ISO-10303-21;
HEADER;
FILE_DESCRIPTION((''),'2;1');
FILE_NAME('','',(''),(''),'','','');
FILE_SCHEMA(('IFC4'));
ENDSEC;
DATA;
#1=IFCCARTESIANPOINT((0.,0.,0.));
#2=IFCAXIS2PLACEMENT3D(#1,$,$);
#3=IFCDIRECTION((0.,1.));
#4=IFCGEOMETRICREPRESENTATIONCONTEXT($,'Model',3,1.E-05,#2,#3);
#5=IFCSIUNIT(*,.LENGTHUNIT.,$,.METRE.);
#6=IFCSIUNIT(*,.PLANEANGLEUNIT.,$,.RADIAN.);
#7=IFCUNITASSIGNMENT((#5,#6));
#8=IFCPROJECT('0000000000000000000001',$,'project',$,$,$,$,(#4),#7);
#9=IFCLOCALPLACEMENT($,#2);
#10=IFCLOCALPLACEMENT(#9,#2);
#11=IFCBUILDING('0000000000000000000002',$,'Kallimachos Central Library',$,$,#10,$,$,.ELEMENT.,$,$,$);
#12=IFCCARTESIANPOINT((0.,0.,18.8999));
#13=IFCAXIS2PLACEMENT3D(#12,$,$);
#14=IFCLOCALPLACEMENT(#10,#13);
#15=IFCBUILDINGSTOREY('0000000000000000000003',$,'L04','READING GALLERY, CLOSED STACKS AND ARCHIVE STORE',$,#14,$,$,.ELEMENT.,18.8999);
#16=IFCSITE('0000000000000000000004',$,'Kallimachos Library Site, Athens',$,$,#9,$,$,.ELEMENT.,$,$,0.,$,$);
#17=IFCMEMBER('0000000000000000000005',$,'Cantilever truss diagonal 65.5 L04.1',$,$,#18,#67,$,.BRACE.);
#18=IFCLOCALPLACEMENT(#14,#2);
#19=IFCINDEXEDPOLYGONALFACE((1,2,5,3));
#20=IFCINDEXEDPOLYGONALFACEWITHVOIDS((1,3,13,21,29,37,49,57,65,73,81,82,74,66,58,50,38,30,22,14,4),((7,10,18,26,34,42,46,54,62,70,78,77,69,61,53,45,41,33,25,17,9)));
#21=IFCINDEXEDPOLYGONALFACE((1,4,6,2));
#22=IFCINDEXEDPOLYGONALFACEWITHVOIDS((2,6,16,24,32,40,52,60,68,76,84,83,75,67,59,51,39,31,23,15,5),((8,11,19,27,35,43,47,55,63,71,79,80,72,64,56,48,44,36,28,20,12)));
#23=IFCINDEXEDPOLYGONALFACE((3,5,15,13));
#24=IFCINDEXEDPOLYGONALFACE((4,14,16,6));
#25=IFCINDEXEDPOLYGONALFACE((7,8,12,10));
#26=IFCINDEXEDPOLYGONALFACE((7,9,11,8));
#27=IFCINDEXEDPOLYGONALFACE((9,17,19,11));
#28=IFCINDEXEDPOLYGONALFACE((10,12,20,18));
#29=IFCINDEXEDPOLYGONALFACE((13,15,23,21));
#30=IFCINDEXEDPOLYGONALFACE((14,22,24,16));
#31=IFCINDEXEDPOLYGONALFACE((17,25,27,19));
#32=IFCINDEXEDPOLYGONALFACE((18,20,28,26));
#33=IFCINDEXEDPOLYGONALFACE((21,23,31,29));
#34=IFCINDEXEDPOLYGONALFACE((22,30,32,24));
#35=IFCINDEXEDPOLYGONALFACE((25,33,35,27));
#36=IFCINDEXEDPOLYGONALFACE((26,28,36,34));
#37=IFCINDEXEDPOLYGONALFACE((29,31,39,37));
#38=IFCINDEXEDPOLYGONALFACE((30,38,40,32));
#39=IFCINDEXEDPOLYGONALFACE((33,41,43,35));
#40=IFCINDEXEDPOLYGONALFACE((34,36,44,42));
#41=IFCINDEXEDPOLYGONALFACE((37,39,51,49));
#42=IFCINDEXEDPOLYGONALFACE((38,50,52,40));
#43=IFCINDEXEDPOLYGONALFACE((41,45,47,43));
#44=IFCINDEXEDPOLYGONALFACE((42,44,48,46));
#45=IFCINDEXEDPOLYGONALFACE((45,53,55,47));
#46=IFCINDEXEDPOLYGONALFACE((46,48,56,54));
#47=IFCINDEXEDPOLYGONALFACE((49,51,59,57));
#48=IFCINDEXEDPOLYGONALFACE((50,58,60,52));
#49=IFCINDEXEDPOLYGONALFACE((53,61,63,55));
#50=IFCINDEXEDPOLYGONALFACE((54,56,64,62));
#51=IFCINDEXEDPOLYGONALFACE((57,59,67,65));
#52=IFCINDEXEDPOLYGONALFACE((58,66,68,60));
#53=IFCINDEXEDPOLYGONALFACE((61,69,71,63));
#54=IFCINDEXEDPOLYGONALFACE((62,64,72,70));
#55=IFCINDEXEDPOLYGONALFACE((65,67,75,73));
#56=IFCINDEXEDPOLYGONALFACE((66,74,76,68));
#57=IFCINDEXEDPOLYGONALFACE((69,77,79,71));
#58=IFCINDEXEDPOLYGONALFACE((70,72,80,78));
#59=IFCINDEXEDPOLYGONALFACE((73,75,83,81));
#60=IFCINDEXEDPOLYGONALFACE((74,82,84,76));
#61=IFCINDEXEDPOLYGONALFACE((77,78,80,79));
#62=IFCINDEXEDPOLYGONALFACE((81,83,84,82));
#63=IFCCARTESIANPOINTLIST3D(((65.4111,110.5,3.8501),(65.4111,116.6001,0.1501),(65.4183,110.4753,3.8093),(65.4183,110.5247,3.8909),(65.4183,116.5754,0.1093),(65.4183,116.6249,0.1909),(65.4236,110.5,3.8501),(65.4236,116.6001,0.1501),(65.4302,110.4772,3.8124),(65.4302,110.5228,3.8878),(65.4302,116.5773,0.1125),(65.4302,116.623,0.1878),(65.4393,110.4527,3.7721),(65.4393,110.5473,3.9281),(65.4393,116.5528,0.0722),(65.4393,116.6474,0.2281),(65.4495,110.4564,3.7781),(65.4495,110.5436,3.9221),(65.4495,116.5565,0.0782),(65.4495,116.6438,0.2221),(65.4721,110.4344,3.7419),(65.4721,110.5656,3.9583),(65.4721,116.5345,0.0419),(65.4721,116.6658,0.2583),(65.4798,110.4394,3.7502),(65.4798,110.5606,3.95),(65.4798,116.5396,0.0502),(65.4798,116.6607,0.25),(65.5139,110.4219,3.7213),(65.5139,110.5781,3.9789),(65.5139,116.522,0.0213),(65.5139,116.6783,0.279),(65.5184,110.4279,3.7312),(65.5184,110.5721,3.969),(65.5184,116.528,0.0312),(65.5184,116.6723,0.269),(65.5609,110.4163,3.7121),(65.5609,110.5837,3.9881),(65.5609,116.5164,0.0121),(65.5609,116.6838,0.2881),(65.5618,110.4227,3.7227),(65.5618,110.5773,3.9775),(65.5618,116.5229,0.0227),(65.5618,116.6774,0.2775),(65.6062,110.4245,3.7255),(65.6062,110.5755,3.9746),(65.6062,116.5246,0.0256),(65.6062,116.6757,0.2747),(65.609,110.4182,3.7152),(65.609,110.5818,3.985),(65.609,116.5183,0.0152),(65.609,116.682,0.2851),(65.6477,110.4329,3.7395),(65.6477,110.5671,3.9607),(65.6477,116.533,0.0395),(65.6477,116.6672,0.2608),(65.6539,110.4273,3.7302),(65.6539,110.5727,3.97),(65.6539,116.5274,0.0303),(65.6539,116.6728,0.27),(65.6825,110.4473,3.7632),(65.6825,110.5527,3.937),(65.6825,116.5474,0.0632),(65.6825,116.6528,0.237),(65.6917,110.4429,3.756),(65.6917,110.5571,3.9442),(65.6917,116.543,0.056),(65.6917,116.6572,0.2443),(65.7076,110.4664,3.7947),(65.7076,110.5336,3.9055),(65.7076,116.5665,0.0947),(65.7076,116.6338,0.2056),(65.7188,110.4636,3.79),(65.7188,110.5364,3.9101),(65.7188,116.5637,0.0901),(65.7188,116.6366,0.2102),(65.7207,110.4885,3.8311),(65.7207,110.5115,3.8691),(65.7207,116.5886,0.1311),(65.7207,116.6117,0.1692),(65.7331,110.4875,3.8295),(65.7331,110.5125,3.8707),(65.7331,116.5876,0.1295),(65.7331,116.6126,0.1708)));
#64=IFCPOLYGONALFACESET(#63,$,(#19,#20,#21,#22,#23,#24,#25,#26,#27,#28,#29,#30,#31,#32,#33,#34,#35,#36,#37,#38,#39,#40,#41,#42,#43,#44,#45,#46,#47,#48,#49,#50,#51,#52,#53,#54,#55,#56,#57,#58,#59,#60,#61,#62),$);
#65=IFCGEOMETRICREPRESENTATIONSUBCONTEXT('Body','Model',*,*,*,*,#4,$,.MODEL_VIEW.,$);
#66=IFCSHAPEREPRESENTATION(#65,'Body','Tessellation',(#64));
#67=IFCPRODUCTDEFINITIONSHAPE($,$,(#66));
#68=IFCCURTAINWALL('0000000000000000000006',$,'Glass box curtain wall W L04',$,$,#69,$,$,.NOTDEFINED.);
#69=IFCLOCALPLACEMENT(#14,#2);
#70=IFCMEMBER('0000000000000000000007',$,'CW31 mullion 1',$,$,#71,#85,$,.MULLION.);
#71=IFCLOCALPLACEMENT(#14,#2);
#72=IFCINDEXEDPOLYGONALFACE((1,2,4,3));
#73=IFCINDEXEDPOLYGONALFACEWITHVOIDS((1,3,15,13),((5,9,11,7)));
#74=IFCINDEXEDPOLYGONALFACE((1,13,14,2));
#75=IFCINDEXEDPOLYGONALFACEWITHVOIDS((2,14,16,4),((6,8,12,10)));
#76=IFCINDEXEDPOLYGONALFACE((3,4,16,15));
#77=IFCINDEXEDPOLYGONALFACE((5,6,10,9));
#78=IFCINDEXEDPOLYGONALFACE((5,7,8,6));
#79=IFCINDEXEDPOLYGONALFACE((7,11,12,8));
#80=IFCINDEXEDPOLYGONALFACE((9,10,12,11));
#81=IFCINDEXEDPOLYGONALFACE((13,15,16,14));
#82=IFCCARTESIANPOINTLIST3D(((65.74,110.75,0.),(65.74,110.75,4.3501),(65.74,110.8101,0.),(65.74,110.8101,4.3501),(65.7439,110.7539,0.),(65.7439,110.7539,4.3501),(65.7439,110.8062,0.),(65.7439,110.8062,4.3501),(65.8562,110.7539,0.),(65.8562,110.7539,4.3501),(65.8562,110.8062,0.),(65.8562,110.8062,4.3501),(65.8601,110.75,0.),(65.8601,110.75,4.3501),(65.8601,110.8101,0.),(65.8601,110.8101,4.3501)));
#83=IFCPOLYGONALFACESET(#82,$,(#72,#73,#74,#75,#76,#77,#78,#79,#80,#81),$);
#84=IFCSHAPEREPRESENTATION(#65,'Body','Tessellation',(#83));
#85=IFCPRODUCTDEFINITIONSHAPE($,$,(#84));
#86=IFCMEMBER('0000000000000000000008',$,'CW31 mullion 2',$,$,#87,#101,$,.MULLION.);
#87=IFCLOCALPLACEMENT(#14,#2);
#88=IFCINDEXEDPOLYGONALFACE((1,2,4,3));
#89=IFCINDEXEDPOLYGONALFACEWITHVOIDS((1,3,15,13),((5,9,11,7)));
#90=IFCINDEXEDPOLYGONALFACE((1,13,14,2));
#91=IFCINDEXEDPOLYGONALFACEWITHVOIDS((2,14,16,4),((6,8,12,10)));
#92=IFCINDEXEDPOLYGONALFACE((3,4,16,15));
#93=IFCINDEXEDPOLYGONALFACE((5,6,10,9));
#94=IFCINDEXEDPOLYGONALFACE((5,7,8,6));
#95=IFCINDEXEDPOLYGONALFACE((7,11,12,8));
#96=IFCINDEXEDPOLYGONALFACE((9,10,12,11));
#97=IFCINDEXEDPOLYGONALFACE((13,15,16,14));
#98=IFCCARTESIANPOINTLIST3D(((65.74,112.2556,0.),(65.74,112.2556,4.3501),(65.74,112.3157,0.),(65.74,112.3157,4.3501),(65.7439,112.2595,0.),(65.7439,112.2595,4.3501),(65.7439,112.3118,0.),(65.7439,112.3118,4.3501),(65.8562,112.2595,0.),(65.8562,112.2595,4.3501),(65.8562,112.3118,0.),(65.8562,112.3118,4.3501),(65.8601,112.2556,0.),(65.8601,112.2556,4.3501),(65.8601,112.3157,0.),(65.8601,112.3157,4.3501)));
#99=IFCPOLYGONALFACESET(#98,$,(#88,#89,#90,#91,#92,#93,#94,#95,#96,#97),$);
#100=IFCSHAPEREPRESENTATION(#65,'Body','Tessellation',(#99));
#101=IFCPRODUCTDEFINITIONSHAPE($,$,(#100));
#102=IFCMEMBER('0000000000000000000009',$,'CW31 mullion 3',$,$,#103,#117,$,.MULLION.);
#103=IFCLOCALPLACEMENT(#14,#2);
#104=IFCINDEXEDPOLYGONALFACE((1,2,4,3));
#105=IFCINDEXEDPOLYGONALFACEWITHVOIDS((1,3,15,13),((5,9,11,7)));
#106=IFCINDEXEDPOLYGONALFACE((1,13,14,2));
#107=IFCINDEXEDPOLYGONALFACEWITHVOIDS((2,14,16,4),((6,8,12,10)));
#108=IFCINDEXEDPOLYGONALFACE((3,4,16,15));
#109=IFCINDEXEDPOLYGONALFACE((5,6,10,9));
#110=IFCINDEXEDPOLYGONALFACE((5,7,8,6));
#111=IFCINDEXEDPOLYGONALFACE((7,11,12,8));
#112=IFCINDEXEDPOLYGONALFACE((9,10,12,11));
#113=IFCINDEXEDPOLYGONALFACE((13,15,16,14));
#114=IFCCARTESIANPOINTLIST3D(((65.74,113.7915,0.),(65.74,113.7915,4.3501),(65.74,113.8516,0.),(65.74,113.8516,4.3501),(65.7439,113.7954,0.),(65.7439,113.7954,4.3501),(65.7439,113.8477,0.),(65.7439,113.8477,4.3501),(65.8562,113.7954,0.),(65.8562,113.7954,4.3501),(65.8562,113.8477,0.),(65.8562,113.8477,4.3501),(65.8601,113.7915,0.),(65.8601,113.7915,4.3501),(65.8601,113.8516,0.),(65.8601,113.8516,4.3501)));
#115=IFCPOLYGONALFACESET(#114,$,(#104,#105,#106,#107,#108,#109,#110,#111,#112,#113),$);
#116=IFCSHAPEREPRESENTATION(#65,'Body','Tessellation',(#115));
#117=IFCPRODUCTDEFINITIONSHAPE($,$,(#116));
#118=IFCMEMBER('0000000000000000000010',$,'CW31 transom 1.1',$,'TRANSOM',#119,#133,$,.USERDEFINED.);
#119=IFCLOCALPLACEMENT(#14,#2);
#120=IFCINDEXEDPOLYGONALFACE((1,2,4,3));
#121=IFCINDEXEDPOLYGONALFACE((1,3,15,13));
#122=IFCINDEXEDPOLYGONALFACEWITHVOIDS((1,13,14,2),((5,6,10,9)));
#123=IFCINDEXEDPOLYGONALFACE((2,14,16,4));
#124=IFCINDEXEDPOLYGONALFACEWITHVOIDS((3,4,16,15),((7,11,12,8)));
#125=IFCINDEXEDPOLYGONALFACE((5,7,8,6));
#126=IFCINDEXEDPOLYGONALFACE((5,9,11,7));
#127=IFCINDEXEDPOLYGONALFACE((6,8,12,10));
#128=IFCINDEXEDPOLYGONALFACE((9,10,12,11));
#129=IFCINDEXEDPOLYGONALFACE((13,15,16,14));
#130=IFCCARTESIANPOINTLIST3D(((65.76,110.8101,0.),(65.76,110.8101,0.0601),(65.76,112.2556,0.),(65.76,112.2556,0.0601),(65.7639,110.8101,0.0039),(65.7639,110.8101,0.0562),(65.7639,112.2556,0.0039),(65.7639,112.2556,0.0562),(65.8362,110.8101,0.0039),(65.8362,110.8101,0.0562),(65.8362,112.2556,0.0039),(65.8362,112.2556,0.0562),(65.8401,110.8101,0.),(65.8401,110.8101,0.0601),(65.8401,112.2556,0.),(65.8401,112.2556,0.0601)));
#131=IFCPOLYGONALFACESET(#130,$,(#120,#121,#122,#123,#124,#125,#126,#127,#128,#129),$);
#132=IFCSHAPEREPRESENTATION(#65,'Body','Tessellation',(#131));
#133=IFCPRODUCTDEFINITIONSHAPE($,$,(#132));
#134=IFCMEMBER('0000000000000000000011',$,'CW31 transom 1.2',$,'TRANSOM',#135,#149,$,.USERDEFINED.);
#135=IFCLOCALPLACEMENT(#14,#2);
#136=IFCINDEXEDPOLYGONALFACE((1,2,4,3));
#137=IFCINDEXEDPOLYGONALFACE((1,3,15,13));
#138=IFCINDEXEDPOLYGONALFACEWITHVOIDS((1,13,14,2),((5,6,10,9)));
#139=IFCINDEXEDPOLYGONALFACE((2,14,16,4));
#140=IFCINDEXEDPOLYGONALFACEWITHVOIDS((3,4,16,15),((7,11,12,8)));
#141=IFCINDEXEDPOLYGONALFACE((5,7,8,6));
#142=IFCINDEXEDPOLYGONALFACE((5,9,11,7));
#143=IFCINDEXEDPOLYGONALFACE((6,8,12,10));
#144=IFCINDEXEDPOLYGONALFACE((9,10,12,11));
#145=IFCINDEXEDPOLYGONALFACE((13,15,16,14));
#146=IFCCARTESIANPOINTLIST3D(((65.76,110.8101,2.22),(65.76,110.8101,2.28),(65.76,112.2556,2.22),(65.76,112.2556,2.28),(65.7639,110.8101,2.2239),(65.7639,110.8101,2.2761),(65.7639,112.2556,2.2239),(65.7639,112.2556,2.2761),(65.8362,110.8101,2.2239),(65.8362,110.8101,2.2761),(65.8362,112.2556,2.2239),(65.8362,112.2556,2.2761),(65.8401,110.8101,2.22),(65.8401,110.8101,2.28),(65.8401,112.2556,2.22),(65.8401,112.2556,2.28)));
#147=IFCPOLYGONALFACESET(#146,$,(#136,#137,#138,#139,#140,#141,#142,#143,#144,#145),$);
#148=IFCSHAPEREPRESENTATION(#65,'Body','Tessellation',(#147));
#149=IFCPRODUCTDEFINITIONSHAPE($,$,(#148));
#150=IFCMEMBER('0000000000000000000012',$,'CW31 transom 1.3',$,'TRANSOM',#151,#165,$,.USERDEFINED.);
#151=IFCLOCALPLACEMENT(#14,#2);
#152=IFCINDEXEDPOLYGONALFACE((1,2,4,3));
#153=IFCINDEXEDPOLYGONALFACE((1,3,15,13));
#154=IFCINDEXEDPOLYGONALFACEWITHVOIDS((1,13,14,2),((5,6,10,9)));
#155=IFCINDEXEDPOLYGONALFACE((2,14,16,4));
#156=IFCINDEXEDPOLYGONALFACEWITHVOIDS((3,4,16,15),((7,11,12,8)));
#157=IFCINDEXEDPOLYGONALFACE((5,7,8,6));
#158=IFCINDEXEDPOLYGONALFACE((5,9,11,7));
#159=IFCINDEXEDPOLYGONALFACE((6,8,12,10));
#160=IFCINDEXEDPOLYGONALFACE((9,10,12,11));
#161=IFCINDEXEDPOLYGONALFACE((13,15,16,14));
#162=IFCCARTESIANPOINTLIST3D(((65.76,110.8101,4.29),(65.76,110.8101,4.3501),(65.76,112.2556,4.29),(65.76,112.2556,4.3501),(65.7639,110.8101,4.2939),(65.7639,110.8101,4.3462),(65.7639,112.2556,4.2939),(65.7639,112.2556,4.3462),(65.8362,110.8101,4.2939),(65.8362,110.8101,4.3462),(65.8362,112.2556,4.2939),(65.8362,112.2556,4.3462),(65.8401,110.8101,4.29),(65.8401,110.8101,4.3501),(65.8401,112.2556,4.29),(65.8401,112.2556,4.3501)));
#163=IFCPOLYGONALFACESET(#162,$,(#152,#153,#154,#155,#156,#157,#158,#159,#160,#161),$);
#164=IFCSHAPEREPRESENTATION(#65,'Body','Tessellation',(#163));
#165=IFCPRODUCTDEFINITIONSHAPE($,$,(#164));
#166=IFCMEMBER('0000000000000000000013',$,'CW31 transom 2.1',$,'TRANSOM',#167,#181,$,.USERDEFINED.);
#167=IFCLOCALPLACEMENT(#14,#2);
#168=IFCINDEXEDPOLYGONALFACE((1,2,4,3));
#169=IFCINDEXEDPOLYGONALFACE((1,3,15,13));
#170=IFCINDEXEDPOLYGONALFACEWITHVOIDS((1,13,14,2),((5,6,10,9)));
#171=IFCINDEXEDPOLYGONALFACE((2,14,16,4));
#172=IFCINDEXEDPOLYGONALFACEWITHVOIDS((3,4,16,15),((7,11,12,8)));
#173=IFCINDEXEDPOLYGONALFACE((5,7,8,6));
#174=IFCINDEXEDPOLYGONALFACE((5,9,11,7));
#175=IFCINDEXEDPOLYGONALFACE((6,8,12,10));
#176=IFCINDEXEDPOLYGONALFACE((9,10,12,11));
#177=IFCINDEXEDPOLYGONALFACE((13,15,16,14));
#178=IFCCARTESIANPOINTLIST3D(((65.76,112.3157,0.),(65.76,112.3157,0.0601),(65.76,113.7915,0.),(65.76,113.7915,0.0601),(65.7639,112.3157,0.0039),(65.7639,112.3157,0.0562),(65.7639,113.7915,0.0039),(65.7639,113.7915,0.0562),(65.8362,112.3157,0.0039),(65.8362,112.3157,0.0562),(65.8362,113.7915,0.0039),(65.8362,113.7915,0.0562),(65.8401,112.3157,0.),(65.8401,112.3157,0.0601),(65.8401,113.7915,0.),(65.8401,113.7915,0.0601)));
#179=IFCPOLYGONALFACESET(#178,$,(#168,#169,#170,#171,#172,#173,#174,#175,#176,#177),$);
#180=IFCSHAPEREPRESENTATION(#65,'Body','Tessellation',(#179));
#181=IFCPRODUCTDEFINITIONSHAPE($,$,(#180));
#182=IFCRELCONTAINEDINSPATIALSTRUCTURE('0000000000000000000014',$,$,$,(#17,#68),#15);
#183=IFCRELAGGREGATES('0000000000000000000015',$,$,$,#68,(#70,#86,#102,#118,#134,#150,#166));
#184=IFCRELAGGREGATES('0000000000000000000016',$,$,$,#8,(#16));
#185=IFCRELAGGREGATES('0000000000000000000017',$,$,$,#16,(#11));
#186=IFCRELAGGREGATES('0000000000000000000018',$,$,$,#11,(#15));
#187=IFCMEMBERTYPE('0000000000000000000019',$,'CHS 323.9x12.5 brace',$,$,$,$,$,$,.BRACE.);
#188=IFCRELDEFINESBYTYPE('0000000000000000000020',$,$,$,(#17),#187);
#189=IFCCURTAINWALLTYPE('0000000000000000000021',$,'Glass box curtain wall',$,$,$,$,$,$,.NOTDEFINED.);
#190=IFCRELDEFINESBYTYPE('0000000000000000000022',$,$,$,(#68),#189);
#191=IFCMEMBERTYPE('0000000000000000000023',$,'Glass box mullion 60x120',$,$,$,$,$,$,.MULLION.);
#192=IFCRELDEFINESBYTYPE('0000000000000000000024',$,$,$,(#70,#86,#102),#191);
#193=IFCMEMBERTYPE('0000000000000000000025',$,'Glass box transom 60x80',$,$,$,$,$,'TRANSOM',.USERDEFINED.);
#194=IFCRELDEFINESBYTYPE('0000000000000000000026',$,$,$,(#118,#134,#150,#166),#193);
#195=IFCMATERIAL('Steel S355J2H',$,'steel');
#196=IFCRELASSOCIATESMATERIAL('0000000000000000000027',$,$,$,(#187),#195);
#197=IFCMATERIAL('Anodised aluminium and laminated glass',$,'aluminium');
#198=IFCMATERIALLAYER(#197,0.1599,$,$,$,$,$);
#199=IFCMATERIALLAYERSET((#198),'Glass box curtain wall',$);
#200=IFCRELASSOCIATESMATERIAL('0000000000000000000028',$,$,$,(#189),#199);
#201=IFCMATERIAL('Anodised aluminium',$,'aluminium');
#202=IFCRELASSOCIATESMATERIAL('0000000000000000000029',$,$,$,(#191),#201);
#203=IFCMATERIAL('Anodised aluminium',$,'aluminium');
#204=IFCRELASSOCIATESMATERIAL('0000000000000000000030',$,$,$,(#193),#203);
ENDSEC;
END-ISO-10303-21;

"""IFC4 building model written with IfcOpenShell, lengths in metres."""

from ifc_helpers import new_model, si_unit, direction, frame, origin, origin_2d, place, context, subcontext, project, spatial, hollow_rectangle, hollow_circle, extrude, material, layer, layer_set, material_profile, profile_set, type_object, element, aggregate, save


model = new_model("IFC4")

# Units and contexts
model_context = context("Model", 3, precision=1e-05, world=origin(), true_north=direction((0.0, 1.0)))
body_context = subcontext(model_context, "Body", "Model", "MODEL_VIEW")
ifc_project = project(units=[si_unit("LENGTHUNIT", "METRE"), si_unit("PLANEANGLEUNIT", "RADIAN")], contexts=[model_context])

# Site, building, storey
site_placement = place(None, origin())
site = spatial("IfcSite", under=ifc_project, at=site_placement, Name="Kallimachos Library Site, Athens", CompositionType="ELEMENT", RefElevation=0.0)
building_placement = place(site_placement, origin())
building = spatial("IfcBuilding", under=site, at=building_placement, Name="Kallimachos Central Library", CompositionType="ELEMENT")
storey_placement = place(building_placement, frame((0.0, 0.0, 18.8999)))
storey = spatial("IfcBuildingStorey", under=building, at=storey_placement, Name="L04", Description="READING GALLERY, CLOSED STACKS AND ARCHIVE STORE", CompositionType="ELEMENT", Elevation=18.8999)

# Member
ifc_material_1 = material(Name="Steel S355J2H", Category="steel")
ifc_material_profile_1 = material_profile(ifc_material_1, hollow_circle(Radius=0.1619, WallThickness=0.0125, at=origin_2d()), Name="CHS 323.9x12.5")
ifc_profile_set_1 = profile_set([ifc_material_profile_1], Name="Steel S355J2H")
member_type_1 = type_object("IfcMemberType", Name="CHS 323.9x12.5 brace", PredefinedType="BRACE", material=ifc_profile_set_1)
member_1_placement = place(storey_placement, frame((65.573, 110.5, 3.8501), z_axis=(0.0, 0.855016, -0.518601), x_axis=(-1.0, 0.0, 0.0)))
element("IfcMember", 1, at=member_1_placement, inside=storey, type_object=member_type_1, Name="Cantilever truss diagonal 65.5 L04.1", PredefinedType="BRACE", context=body_context, shape_type="SweptSolid", body=[
    extrude(hollow_circle(Radius=0.1619, WallThickness=0.0125, at=origin_2d()), origin(), (0.0, 0.0, 1.0), 7.1345),
])

# Curtain wall, members
ifc_material_2 = material(Name="Anodised aluminium and laminated glass", Category="aluminium")
ifc_layer_1 = layer(ifc_material_2, 0.1599)
ifc_layer_set_1 = layer_set([ifc_layer_1], Name="Glass box curtain wall")
curtain_wall_type = type_object("IfcCurtainWallType", Name="Glass box curtain wall", PredefinedType="NOTDEFINED", material=ifc_layer_set_1)
curtain_wall_placement = place(storey_placement, origin())
curtain_wall = element("IfcCurtainWall", 2, at=curtain_wall_placement, inside=storey, type_object=curtain_wall_type, Name="Glass box curtain wall W L04", PredefinedType="NOTDEFINED")
ifc_material_3 = material(Name="Anodised aluminium", Category="aluminium")
ifc_material_profile_2 = material_profile(ifc_material_3, hollow_rectangle(XDim=0.0601, YDim=0.1201, WallThickness=0.0039, at=origin_2d()), Name="ALU MULLION 60x120")
ifc_profile_set_2 = profile_set([ifc_material_profile_2], Name="Anodised aluminium")
member_type_2 = type_object("IfcMemberType", Name="Glass box mullion 60x120", PredefinedType="MULLION", material=ifc_profile_set_2)
member_2_placement = place(storey_placement, frame((65.8, 110.78, 0.0), z_axis=(0.0, 0.0, 1.0), x_axis=(0.0, 1.0, 0.0)))
member_2 = element("IfcMember", 3, at=member_2_placement, type_object=member_type_2, Name="CW31 mullion 1", PredefinedType="MULLION", context=body_context, shape_type="SweptSolid", body=[
    extrude(hollow_rectangle(XDim=0.0601, YDim=0.1201, WallThickness=0.0039, at=origin_2d()), origin(), (0.0, 0.0, 1.0), 4.3501),
])
member_3_placement = place(storey_placement, frame((65.8, 112.2856, 0.0), z_axis=(0.0, 0.0, 1.0), x_axis=(0.0, 1.0, 0.0)))
member_3 = element("IfcMember", 4, at=member_3_placement, type_object=member_type_2, Name="CW31 mullion 2", PredefinedType="MULLION", context=body_context, shape_type="SweptSolid", body=[
    extrude(hollow_rectangle(XDim=0.0601, YDim=0.1201, WallThickness=0.0039, at=origin_2d()), origin(), (0.0, 0.0, 1.0), 4.3501),
])
member_4_placement = place(storey_placement, frame((65.8, 113.8215, 0.0), z_axis=(0.0, 0.0, 1.0), x_axis=(0.0, 1.0, 0.0)))
member_4 = element("IfcMember", 5, at=member_4_placement, type_object=member_type_2, Name="CW31 mullion 3", PredefinedType="MULLION", context=body_context, shape_type="SweptSolid", body=[
    extrude(hollow_rectangle(XDim=0.0601, YDim=0.1201, WallThickness=0.0039, at=origin_2d()), origin(), (0.0, 0.0, 1.0), 4.3501),
])
ifc_material_4 = material(Name="Anodised aluminium", Category="aluminium")
ifc_material_profile_3 = material_profile(ifc_material_4, hollow_rectangle(XDim=0.0601, YDim=0.0801, WallThickness=0.0039, at=origin_2d()), Name="ALU TRANSOM 60x80")
ifc_profile_set_3 = profile_set([ifc_material_profile_3], Name="Anodised aluminium")
member_type_3 = type_object("IfcMemberType", Name="Glass box transom 60x80", ElementType="TRANSOM", PredefinedType="USERDEFINED", material=ifc_profile_set_3)
member_5_placement = place(storey_placement, frame((65.8, 110.8101, 0.03), z_axis=(0.0, 1.0, 0.0), x_axis=(0.0, 0.0, 1.0)))
member_5 = element("IfcMember", 6, at=member_5_placement, type_object=member_type_3, Name="CW31 transom 1.1", ObjectType="TRANSOM", PredefinedType="USERDEFINED", context=body_context, shape_type="SweptSolid", body=[
    extrude(hollow_rectangle(XDim=0.0601, YDim=0.0801, WallThickness=0.0039, at=origin_2d()), origin(), (0.0, 0.0, 1.0), 1.4456),
])
member_6_placement = place(storey_placement, frame((65.8, 110.8101, 2.25), z_axis=(0.0, 1.0, 0.0), x_axis=(0.0, 0.0, 1.0)))
member_6 = element("IfcMember", 7, at=member_6_placement, type_object=member_type_3, Name="CW31 transom 1.2", ObjectType="TRANSOM", PredefinedType="USERDEFINED", context=body_context, shape_type="SweptSolid", body=[
    extrude(hollow_rectangle(XDim=0.0601, YDim=0.0801, WallThickness=0.0039, at=origin_2d()), origin(), (0.0, 0.0, 1.0), 1.4456),
])
member_7_placement = place(storey_placement, frame((65.8, 110.8101, 4.3201), z_axis=(0.0, 1.0, 0.0), x_axis=(0.0, 0.0, 1.0)))
member_7 = element("IfcMember", 8, at=member_7_placement, type_object=member_type_3, Name="CW31 transom 1.3", ObjectType="TRANSOM", PredefinedType="USERDEFINED", context=body_context, shape_type="SweptSolid", body=[
    extrude(hollow_rectangle(XDim=0.0601, YDim=0.0801, WallThickness=0.0039, at=origin_2d()), origin(), (0.0, 0.0, 1.0), 1.4456),
])
member_8_placement = place(storey_placement, frame((65.8, 112.3157, 0.03), z_axis=(0.0, 1.0, 0.0), x_axis=(0.0, 0.0, 1.0)))
member_8 = element("IfcMember", 9, at=member_8_placement, type_object=member_type_3, Name="CW31 transom 2.1", ObjectType="TRANSOM", PredefinedType="USERDEFINED", context=body_context, shape_type="SweptSolid", body=[
    extrude(hollow_rectangle(XDim=0.0601, YDim=0.0801, WallThickness=0.0039, at=origin_2d()), origin(), (0.0, 0.0, 1.0), 1.4758),
])

aggregate(curtain_wall, [member_2, member_3, member_4, member_5, member_6, member_7, member_8])

save(model, "model.ifc")
